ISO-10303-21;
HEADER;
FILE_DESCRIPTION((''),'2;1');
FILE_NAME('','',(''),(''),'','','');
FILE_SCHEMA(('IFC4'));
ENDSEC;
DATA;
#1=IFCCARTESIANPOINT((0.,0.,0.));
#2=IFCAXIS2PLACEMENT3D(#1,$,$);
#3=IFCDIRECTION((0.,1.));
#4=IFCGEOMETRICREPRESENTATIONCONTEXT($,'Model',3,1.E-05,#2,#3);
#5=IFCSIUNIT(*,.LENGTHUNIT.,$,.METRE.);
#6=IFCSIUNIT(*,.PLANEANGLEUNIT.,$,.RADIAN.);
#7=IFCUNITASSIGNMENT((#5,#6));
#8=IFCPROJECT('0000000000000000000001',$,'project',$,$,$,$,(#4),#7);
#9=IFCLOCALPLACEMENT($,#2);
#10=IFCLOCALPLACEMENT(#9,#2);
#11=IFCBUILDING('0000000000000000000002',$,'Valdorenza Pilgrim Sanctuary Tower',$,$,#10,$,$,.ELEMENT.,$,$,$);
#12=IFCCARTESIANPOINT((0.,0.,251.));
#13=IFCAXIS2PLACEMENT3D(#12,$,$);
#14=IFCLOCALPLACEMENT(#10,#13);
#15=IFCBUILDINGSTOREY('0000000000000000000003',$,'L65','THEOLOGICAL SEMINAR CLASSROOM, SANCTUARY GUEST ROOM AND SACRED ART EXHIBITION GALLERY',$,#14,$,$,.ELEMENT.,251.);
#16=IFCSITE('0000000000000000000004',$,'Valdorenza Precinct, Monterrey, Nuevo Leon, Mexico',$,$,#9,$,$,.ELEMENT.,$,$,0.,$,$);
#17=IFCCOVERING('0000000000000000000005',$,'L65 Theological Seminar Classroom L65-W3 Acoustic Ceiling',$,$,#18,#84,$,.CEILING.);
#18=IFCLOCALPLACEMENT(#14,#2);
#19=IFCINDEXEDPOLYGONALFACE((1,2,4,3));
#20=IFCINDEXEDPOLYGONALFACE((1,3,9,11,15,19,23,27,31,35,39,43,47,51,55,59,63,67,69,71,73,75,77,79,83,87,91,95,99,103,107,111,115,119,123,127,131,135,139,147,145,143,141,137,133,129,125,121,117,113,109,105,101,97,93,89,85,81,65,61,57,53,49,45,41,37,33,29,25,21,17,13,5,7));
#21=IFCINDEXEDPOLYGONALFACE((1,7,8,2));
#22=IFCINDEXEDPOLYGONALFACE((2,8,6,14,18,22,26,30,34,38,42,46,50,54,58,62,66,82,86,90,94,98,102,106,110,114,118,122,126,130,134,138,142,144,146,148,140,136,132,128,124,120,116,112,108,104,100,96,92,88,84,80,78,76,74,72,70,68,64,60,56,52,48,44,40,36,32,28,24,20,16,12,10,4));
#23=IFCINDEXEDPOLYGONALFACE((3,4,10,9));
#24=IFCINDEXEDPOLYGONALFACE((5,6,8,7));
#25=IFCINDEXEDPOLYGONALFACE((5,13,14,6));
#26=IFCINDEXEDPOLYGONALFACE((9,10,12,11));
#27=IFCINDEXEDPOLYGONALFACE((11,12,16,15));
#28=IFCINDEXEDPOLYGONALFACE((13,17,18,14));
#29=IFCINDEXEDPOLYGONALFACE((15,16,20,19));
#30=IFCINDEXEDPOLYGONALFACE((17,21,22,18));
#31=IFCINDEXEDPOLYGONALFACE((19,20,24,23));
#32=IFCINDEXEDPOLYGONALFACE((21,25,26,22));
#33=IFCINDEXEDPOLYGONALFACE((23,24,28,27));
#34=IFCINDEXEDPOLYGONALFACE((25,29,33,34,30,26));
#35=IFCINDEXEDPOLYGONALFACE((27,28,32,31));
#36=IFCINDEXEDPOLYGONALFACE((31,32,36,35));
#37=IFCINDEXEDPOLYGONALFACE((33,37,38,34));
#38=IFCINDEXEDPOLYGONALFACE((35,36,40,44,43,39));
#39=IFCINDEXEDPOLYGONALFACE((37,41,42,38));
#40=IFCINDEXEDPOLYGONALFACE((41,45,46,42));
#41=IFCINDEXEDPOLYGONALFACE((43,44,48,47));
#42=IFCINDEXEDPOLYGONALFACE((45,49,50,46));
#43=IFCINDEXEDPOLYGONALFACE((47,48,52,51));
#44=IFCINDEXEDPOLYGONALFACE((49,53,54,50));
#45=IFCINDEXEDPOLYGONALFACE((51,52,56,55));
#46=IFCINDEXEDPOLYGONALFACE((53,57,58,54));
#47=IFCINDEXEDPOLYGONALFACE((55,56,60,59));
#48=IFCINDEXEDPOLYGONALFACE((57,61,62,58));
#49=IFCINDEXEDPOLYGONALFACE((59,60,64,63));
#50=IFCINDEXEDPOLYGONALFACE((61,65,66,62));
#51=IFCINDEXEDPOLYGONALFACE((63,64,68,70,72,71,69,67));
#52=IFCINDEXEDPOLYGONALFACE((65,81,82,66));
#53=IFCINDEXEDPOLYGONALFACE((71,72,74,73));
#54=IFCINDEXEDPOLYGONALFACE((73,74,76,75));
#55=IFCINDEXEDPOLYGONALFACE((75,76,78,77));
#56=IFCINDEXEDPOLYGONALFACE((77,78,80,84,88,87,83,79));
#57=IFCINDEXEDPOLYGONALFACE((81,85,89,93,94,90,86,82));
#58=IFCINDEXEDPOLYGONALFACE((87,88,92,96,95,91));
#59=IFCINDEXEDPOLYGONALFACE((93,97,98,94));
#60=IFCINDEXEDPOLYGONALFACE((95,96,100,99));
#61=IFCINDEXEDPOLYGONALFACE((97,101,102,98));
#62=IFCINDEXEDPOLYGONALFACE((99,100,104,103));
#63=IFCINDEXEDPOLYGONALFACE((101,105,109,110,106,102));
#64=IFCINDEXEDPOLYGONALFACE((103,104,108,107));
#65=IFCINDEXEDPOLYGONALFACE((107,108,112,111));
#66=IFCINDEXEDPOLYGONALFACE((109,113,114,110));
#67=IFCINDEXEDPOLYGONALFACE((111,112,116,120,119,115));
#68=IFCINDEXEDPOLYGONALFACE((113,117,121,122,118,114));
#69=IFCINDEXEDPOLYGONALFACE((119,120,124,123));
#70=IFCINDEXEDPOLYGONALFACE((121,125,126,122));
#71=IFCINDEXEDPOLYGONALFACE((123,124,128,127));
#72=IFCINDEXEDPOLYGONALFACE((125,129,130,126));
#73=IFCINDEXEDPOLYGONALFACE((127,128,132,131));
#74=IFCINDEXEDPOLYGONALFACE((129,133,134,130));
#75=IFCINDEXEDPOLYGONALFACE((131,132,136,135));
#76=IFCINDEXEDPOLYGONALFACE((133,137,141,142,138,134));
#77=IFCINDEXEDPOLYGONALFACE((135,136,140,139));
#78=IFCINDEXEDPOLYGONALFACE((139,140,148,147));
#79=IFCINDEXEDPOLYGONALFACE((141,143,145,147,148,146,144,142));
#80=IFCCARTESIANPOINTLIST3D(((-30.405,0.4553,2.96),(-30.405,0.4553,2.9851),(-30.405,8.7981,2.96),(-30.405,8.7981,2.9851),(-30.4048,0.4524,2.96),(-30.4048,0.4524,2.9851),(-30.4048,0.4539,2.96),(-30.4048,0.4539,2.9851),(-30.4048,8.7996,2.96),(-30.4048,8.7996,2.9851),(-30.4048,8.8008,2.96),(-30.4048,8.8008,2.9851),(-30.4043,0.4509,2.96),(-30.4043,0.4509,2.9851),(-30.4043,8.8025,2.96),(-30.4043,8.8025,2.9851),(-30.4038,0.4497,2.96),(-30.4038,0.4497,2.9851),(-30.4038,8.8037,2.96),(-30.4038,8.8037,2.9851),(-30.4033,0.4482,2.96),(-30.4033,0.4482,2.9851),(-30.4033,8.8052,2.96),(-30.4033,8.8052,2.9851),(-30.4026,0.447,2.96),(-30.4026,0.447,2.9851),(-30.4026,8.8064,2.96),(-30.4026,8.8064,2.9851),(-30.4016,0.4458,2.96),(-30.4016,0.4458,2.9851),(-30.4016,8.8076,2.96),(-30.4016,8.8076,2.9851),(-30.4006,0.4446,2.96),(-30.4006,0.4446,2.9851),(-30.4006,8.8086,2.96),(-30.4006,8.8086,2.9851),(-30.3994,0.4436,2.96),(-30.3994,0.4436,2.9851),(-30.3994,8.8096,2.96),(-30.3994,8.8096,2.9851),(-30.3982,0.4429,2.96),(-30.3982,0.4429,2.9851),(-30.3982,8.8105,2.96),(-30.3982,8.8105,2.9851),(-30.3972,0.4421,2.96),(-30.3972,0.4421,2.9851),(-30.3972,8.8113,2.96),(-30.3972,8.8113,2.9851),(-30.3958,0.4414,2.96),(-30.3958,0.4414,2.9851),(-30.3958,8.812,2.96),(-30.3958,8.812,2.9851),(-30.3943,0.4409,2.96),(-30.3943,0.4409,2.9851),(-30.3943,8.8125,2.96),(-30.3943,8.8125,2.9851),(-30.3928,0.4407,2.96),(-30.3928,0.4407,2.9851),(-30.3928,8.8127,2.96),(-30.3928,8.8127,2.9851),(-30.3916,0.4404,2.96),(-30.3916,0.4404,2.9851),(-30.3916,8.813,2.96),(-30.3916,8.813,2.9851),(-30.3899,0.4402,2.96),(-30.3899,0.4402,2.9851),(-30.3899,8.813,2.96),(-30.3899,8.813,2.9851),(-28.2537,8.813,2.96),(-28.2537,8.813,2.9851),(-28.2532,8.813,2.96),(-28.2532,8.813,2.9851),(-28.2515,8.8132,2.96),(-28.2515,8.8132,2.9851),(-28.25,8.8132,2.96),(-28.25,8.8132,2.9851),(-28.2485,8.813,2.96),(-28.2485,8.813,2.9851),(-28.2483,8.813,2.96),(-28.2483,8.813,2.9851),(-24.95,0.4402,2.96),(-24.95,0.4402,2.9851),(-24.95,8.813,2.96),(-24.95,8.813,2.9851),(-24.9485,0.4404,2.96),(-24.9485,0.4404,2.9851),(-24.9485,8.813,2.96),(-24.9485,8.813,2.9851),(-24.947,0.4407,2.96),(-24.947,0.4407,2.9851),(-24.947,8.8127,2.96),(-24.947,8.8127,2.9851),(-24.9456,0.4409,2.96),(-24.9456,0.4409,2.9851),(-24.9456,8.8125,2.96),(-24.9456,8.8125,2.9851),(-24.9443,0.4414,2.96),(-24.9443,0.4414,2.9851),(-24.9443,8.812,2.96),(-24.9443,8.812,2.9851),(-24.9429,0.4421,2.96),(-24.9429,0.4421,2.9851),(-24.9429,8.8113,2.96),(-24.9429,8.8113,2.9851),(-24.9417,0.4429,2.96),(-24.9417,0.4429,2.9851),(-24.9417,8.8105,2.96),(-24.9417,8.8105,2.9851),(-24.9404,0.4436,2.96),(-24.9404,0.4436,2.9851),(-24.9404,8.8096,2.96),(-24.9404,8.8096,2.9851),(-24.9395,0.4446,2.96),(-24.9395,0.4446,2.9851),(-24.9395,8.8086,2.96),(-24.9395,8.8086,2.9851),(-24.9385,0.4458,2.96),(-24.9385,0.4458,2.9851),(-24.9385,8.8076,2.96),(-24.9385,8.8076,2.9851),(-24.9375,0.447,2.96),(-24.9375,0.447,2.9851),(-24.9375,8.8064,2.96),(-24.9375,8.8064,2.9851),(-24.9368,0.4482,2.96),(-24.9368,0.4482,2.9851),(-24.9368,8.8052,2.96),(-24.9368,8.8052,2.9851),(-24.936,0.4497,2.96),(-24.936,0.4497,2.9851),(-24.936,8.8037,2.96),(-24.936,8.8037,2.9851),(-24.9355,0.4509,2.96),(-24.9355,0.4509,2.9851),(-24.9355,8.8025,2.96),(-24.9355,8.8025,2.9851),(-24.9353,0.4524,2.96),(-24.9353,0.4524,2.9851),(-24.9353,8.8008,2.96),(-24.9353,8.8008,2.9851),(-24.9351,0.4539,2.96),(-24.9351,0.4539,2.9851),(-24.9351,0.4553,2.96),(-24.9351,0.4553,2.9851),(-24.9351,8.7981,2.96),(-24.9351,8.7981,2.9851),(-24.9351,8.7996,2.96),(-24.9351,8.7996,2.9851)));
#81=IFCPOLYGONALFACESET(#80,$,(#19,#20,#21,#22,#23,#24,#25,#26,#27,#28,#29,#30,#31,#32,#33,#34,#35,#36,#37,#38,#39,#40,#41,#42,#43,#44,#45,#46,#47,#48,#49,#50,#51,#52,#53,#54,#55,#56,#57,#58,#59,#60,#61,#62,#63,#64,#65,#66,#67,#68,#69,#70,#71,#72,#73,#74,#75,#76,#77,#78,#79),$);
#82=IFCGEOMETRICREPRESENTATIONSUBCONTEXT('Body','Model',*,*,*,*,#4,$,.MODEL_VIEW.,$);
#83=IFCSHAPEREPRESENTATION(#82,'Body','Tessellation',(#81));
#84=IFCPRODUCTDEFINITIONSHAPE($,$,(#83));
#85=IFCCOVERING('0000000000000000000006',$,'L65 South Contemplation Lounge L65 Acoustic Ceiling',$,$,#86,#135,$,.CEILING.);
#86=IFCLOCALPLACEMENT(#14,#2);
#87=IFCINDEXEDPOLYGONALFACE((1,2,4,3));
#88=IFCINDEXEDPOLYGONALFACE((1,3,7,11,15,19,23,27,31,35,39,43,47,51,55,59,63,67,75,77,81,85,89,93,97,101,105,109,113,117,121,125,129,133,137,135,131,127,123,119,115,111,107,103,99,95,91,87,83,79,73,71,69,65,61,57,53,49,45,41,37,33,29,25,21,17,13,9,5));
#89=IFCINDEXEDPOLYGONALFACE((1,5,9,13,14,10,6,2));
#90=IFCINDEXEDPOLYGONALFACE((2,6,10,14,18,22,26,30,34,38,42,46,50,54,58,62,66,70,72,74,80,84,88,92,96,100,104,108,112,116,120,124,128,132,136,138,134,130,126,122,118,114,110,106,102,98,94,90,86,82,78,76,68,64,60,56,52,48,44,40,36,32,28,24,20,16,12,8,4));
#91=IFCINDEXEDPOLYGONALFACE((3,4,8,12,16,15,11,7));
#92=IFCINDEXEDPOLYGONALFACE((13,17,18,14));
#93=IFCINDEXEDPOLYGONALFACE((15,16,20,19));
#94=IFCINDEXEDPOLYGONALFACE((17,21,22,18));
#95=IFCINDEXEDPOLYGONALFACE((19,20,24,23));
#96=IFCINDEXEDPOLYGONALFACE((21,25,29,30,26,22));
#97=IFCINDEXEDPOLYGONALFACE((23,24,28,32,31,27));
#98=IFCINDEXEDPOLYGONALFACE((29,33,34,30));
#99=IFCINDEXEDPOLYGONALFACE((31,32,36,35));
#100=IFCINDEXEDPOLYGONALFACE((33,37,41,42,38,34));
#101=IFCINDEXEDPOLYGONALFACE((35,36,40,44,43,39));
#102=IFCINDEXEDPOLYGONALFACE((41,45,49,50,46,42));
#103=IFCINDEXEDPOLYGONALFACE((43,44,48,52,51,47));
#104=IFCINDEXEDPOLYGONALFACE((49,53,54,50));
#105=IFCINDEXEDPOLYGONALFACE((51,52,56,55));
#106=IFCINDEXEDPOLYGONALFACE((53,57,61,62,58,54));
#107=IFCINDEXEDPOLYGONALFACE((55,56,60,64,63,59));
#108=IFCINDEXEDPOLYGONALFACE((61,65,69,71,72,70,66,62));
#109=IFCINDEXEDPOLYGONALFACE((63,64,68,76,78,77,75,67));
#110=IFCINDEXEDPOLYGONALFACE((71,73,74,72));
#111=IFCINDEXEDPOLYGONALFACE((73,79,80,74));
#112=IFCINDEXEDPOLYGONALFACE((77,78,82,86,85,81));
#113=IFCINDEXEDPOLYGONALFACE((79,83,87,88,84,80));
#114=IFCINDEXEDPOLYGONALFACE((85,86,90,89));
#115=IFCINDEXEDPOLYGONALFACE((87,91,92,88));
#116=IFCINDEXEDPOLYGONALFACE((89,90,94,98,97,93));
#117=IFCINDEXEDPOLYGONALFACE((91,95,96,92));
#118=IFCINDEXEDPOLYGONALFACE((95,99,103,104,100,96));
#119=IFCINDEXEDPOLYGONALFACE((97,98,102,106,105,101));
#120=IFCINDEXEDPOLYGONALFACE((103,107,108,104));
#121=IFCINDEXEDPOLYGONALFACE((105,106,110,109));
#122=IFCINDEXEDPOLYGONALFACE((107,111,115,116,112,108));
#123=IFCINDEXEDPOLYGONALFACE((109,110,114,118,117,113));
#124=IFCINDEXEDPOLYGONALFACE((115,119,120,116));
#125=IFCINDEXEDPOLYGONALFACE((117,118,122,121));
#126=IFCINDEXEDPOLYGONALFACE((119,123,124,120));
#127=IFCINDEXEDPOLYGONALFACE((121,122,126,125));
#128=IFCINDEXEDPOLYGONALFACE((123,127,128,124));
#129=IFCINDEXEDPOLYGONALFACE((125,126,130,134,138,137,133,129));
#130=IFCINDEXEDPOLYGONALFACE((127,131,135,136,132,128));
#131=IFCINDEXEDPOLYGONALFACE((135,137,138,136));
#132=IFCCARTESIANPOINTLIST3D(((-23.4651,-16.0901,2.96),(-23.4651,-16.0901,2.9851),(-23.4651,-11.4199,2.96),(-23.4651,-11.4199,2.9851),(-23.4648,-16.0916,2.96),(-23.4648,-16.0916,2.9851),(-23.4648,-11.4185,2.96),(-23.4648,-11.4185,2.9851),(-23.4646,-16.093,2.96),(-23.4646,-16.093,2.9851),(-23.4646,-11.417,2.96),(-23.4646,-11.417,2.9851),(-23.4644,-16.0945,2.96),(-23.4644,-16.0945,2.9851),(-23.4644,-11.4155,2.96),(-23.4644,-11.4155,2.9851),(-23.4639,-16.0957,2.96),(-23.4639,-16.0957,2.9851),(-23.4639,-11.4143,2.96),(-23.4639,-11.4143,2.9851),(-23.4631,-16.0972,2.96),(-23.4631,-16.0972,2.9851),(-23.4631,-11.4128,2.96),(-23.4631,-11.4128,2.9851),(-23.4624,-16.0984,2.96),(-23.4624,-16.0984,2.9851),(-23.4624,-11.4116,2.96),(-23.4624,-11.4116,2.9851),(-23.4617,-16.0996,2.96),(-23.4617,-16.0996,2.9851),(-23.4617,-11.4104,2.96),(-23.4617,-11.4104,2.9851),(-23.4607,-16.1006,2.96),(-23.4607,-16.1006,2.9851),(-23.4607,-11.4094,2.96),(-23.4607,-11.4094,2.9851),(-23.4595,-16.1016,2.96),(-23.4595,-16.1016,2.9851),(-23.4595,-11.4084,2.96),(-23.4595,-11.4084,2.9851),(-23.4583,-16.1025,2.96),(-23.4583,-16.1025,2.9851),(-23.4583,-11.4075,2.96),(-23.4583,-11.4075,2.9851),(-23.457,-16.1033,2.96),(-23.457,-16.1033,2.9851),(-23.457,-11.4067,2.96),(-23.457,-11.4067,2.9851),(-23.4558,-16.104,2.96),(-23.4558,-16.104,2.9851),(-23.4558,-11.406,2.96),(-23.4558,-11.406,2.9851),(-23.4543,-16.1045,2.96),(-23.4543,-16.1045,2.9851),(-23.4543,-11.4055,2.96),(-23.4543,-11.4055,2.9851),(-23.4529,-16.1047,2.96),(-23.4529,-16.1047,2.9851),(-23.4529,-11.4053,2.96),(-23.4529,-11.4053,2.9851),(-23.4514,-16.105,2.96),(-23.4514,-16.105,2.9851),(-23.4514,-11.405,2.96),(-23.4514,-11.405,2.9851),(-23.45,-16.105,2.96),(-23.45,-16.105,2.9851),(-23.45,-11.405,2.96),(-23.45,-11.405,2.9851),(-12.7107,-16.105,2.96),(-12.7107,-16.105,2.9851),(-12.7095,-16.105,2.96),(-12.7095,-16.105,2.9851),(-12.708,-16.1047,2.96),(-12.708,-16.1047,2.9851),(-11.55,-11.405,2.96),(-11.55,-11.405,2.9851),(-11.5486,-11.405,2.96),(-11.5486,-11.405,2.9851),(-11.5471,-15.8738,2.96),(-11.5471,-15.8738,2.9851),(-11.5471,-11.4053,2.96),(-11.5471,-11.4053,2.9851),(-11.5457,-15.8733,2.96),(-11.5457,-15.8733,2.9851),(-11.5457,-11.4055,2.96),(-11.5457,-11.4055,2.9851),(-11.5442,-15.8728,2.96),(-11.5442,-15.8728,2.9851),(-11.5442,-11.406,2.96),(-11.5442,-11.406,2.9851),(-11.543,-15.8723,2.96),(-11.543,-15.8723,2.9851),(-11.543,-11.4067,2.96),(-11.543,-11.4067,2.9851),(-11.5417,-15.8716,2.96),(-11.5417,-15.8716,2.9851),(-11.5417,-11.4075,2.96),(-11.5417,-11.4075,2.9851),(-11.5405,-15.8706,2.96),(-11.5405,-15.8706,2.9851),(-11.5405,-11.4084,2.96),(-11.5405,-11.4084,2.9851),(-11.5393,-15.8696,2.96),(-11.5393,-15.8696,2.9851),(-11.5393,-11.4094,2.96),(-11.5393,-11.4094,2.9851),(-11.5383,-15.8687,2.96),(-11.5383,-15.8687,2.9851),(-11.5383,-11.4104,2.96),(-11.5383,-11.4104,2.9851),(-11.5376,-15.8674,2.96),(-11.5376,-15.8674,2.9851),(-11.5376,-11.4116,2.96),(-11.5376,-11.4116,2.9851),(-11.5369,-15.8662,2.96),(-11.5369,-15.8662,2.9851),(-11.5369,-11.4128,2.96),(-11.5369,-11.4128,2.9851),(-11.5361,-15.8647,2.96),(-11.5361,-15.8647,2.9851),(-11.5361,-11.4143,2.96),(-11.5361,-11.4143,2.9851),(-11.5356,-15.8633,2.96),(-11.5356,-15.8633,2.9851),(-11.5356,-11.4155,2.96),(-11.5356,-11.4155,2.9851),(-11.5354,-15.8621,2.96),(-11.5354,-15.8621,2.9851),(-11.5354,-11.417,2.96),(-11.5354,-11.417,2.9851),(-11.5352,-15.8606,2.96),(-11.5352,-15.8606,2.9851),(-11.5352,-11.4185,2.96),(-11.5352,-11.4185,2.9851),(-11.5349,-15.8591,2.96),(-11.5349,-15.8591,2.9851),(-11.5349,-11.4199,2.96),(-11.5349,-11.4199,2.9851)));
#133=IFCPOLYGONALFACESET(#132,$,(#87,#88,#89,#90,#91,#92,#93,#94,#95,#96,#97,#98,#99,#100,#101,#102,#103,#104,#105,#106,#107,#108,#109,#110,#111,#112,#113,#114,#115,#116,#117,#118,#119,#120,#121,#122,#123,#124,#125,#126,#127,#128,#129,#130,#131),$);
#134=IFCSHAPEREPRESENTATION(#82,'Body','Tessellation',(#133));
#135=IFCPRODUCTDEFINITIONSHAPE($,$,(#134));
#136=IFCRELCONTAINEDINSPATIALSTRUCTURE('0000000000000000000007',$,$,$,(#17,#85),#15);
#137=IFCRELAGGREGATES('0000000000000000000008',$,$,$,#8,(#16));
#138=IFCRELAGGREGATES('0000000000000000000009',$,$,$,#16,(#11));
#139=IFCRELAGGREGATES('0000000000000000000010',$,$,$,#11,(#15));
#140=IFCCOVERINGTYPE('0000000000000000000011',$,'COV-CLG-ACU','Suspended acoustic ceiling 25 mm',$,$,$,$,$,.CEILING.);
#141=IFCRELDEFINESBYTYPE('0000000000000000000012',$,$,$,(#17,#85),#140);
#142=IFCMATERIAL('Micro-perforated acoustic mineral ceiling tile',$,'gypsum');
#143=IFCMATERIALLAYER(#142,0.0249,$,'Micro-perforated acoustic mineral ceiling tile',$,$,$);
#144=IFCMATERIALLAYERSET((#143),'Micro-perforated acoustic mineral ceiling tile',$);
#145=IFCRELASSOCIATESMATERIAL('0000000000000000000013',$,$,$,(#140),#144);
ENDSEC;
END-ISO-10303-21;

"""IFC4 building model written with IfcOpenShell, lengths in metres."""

from ifc_helpers import new_model, si_unit, direction, frame, origin, place, context, subcontext, project, spatial, polyline, outline, extrude, material, layer, layer_set, type_object, element, save


model = new_model("IFC4")

# Units and contexts
model_context = context("Model", 3, precision=1e-05, world=origin(), true_north=direction((0.0, 1.0)))
body_context = subcontext(model_context, "Body", "Model", "MODEL_VIEW")
ifc_project = project(units=[si_unit("LENGTHUNIT", "METRE"), si_unit("PLANEANGLEUNIT", "RADIAN")], contexts=[model_context])

# Site, building, storey
site_placement = place(None, origin())
site = spatial("IfcSite", under=ifc_project, at=site_placement, Name="Valdorenza Precinct, Monterrey, Nuevo Leon, Mexico", CompositionType="ELEMENT", RefElevation=0.0)
building_placement = place(site_placement, origin())
building = spatial("IfcBuilding", under=site, at=building_placement, Name="Valdorenza Pilgrim Sanctuary Tower", CompositionType="ELEMENT")
storey_placement = place(building_placement, frame((0.0, 0.0, 251.0)))
storey = spatial("IfcBuildingStorey", under=building, at=storey_placement, Name="L65", Description="THEOLOGICAL SEMINAR CLASSROOM, SANCTUARY GUEST ROOM AND SACRED ART EXHIBITION GALLERY", CompositionType="ELEMENT", Elevation=251.0)

# Coverings
ifc_material_1 = material(Name="Micro-perforated acoustic mineral ceiling tile", Category="gypsum")
ifc_layer_1 = layer(ifc_material_1, 0.0249, Name="Micro-perforated acoustic mineral ceiling tile")
ifc_layer_set_1 = layer_set([ifc_layer_1], Name="Micro-perforated acoustic mineral ceiling tile")
covering_type_1 = type_object("IfcCoveringType", Name="COV-CLG-ACU", Description="Suspended acoustic ceiling 25 mm", PredefinedType="CEILING", material=ifc_layer_set_1)
covering_1_placement = place(storey_placement, frame((0.0, 0.0, 2.96)))
element("IfcCovering", 1, at=covering_1_placement, inside=storey, type_object=covering_type_1, Name="L65 Theological Seminar Classroom L65-W3 Acoustic Ceiling", PredefinedType="CEILING", context=body_context, shape_type="SweptSolid", body=[
    extrude(outline(polyline([(-28.2537, 8.813), (-28.2532, 8.813), (-28.2515, 8.8132), (-28.25, 8.8132), (-28.2485, 8.813), (-28.2483, 8.813), (-24.95, 8.813), (-24.9485, 8.813), (-24.947, 8.8127), (-24.9456, 8.8125), (-24.9443, 8.812), (-24.9429, 8.8113), (-24.9417, 8.8105), (-24.9404, 8.8096), (-24.9395, 8.8086), (-24.9385, 8.8076), (-24.9375, 8.8064), (-24.9368, 8.8052), (-24.936, 8.8037), (-24.9355, 8.8025), (-24.9353, 8.8008), (-24.9351, 8.7996), (-24.9351, 8.7981), (-24.9351, 0.4553), (-24.9351, 0.4539), (-24.9353, 0.4524), (-24.9355, 0.4509), (-24.936, 0.4497), (-24.9368, 0.4482), (-24.9375, 0.447), (-24.9385, 0.4458), (-24.9395, 0.4446), (-24.9404, 0.4436), (-24.9417, 0.4429), (-24.9429, 0.4421), (-24.9443, 0.4414), (-24.9456, 0.4409), (-24.947, 0.4407), (-24.9485, 0.4404), (-24.95, 0.4402), (-30.3899, 0.4402), (-30.3916, 0.4404), (-30.3928, 0.4407), (-30.3943, 0.4409), (-30.3958, 0.4414), (-30.3972, 0.4421), (-30.3982, 0.4429), (-30.3994, 0.4436), (-30.4006, 0.4446), (-30.4016, 0.4458), (-30.4026, 0.447), (-30.4033, 0.4482), (-30.4038, 0.4497), (-30.4043, 0.4509), (-30.4048, 0.4524), (-30.4048, 0.4539), (-30.405, 0.4553), (-30.405, 8.7981), (-30.4048, 8.7996), (-30.4048, 8.8008), (-30.4043, 8.8025), (-30.4038, 8.8037), (-30.4033, 8.8052), (-30.4026, 8.8064), (-30.4016, 8.8076), (-30.4006, 8.8086), (-30.3994, 8.8096), (-30.3982, 8.8105), (-30.3972, 8.8113), (-30.3958, 8.812), (-30.3943, 8.8125), (-30.3928, 8.8127), (-30.3916, 8.813), (-30.3899, 8.813), (-28.2537, 8.813)])), origin(), (0.0, 0.0, 1.0), 0.0251),
])
covering_2_placement = place(storey_placement, frame((0.0, 0.0, 2.96)))
element("IfcCovering", 2, at=covering_2_placement, inside=storey, type_object=covering_type_1, Name="L65 South Contemplation Lounge L65 Acoustic Ceiling", PredefinedType="CEILING", context=body_context, shape_type="SweptSolid", body=[
    extrude(outline(polyline([(-11.55, -11.405), (-11.5486, -11.405), (-11.5471, -11.4053), (-11.5457, -11.4055), (-11.5442, -11.406), (-11.543, -11.4067), (-11.5417, -11.4075), (-11.5405, -11.4084), (-11.5393, -11.4094), (-11.5383, -11.4104), (-11.5376, -11.4116), (-11.5369, -11.4128), (-11.5361, -11.4143), (-11.5356, -11.4155), (-11.5354, -11.417), (-11.5352, -11.4185), (-11.5349, -11.4199), (-11.5349, -15.8591), (-11.5352, -15.8606), (-11.5354, -15.8621), (-11.5356, -15.8633), (-11.5361, -15.8647), (-11.5369, -15.8662), (-11.5376, -15.8674), (-11.5383, -15.8687), (-11.5393, -15.8696), (-11.5405, -15.8706), (-11.5417, -15.8716), (-11.543, -15.8723), (-11.5442, -15.8728), (-11.5457, -15.8733), (-11.5471, -15.8738), (-12.708, -16.1047), (-12.7095, -16.105), (-12.7107, -16.105), (-23.45, -16.105), (-23.4514, -16.105), (-23.4529, -16.1047), (-23.4543, -16.1045), (-23.4558, -16.104), (-23.457, -16.1033), (-23.4583, -16.1025), (-23.4595, -16.1016), (-23.4607, -16.1006), (-23.4617, -16.0996), (-23.4624, -16.0984), (-23.4631, -16.0972), (-23.4639, -16.0957), (-23.4644, -16.0945), (-23.4646, -16.093), (-23.4648, -16.0916), (-23.4651, -16.0901), (-23.4651, -11.4199), (-23.4648, -11.4185), (-23.4646, -11.417), (-23.4644, -11.4155), (-23.4639, -11.4143), (-23.4631, -11.4128), (-23.4624, -11.4116), (-23.4617, -11.4104), (-23.4607, -11.4094), (-23.4595, -11.4084), (-23.4583, -11.4075), (-23.457, -11.4067), (-23.4558, -11.406), (-23.4543, -11.4055), (-23.4529, -11.4053), (-23.4514, -11.405), (-23.45, -11.405), (-11.55, -11.405)])), origin(), (0.0, 0.0, 1.0), 0.0251),
])

save(model, "model.ifc")
